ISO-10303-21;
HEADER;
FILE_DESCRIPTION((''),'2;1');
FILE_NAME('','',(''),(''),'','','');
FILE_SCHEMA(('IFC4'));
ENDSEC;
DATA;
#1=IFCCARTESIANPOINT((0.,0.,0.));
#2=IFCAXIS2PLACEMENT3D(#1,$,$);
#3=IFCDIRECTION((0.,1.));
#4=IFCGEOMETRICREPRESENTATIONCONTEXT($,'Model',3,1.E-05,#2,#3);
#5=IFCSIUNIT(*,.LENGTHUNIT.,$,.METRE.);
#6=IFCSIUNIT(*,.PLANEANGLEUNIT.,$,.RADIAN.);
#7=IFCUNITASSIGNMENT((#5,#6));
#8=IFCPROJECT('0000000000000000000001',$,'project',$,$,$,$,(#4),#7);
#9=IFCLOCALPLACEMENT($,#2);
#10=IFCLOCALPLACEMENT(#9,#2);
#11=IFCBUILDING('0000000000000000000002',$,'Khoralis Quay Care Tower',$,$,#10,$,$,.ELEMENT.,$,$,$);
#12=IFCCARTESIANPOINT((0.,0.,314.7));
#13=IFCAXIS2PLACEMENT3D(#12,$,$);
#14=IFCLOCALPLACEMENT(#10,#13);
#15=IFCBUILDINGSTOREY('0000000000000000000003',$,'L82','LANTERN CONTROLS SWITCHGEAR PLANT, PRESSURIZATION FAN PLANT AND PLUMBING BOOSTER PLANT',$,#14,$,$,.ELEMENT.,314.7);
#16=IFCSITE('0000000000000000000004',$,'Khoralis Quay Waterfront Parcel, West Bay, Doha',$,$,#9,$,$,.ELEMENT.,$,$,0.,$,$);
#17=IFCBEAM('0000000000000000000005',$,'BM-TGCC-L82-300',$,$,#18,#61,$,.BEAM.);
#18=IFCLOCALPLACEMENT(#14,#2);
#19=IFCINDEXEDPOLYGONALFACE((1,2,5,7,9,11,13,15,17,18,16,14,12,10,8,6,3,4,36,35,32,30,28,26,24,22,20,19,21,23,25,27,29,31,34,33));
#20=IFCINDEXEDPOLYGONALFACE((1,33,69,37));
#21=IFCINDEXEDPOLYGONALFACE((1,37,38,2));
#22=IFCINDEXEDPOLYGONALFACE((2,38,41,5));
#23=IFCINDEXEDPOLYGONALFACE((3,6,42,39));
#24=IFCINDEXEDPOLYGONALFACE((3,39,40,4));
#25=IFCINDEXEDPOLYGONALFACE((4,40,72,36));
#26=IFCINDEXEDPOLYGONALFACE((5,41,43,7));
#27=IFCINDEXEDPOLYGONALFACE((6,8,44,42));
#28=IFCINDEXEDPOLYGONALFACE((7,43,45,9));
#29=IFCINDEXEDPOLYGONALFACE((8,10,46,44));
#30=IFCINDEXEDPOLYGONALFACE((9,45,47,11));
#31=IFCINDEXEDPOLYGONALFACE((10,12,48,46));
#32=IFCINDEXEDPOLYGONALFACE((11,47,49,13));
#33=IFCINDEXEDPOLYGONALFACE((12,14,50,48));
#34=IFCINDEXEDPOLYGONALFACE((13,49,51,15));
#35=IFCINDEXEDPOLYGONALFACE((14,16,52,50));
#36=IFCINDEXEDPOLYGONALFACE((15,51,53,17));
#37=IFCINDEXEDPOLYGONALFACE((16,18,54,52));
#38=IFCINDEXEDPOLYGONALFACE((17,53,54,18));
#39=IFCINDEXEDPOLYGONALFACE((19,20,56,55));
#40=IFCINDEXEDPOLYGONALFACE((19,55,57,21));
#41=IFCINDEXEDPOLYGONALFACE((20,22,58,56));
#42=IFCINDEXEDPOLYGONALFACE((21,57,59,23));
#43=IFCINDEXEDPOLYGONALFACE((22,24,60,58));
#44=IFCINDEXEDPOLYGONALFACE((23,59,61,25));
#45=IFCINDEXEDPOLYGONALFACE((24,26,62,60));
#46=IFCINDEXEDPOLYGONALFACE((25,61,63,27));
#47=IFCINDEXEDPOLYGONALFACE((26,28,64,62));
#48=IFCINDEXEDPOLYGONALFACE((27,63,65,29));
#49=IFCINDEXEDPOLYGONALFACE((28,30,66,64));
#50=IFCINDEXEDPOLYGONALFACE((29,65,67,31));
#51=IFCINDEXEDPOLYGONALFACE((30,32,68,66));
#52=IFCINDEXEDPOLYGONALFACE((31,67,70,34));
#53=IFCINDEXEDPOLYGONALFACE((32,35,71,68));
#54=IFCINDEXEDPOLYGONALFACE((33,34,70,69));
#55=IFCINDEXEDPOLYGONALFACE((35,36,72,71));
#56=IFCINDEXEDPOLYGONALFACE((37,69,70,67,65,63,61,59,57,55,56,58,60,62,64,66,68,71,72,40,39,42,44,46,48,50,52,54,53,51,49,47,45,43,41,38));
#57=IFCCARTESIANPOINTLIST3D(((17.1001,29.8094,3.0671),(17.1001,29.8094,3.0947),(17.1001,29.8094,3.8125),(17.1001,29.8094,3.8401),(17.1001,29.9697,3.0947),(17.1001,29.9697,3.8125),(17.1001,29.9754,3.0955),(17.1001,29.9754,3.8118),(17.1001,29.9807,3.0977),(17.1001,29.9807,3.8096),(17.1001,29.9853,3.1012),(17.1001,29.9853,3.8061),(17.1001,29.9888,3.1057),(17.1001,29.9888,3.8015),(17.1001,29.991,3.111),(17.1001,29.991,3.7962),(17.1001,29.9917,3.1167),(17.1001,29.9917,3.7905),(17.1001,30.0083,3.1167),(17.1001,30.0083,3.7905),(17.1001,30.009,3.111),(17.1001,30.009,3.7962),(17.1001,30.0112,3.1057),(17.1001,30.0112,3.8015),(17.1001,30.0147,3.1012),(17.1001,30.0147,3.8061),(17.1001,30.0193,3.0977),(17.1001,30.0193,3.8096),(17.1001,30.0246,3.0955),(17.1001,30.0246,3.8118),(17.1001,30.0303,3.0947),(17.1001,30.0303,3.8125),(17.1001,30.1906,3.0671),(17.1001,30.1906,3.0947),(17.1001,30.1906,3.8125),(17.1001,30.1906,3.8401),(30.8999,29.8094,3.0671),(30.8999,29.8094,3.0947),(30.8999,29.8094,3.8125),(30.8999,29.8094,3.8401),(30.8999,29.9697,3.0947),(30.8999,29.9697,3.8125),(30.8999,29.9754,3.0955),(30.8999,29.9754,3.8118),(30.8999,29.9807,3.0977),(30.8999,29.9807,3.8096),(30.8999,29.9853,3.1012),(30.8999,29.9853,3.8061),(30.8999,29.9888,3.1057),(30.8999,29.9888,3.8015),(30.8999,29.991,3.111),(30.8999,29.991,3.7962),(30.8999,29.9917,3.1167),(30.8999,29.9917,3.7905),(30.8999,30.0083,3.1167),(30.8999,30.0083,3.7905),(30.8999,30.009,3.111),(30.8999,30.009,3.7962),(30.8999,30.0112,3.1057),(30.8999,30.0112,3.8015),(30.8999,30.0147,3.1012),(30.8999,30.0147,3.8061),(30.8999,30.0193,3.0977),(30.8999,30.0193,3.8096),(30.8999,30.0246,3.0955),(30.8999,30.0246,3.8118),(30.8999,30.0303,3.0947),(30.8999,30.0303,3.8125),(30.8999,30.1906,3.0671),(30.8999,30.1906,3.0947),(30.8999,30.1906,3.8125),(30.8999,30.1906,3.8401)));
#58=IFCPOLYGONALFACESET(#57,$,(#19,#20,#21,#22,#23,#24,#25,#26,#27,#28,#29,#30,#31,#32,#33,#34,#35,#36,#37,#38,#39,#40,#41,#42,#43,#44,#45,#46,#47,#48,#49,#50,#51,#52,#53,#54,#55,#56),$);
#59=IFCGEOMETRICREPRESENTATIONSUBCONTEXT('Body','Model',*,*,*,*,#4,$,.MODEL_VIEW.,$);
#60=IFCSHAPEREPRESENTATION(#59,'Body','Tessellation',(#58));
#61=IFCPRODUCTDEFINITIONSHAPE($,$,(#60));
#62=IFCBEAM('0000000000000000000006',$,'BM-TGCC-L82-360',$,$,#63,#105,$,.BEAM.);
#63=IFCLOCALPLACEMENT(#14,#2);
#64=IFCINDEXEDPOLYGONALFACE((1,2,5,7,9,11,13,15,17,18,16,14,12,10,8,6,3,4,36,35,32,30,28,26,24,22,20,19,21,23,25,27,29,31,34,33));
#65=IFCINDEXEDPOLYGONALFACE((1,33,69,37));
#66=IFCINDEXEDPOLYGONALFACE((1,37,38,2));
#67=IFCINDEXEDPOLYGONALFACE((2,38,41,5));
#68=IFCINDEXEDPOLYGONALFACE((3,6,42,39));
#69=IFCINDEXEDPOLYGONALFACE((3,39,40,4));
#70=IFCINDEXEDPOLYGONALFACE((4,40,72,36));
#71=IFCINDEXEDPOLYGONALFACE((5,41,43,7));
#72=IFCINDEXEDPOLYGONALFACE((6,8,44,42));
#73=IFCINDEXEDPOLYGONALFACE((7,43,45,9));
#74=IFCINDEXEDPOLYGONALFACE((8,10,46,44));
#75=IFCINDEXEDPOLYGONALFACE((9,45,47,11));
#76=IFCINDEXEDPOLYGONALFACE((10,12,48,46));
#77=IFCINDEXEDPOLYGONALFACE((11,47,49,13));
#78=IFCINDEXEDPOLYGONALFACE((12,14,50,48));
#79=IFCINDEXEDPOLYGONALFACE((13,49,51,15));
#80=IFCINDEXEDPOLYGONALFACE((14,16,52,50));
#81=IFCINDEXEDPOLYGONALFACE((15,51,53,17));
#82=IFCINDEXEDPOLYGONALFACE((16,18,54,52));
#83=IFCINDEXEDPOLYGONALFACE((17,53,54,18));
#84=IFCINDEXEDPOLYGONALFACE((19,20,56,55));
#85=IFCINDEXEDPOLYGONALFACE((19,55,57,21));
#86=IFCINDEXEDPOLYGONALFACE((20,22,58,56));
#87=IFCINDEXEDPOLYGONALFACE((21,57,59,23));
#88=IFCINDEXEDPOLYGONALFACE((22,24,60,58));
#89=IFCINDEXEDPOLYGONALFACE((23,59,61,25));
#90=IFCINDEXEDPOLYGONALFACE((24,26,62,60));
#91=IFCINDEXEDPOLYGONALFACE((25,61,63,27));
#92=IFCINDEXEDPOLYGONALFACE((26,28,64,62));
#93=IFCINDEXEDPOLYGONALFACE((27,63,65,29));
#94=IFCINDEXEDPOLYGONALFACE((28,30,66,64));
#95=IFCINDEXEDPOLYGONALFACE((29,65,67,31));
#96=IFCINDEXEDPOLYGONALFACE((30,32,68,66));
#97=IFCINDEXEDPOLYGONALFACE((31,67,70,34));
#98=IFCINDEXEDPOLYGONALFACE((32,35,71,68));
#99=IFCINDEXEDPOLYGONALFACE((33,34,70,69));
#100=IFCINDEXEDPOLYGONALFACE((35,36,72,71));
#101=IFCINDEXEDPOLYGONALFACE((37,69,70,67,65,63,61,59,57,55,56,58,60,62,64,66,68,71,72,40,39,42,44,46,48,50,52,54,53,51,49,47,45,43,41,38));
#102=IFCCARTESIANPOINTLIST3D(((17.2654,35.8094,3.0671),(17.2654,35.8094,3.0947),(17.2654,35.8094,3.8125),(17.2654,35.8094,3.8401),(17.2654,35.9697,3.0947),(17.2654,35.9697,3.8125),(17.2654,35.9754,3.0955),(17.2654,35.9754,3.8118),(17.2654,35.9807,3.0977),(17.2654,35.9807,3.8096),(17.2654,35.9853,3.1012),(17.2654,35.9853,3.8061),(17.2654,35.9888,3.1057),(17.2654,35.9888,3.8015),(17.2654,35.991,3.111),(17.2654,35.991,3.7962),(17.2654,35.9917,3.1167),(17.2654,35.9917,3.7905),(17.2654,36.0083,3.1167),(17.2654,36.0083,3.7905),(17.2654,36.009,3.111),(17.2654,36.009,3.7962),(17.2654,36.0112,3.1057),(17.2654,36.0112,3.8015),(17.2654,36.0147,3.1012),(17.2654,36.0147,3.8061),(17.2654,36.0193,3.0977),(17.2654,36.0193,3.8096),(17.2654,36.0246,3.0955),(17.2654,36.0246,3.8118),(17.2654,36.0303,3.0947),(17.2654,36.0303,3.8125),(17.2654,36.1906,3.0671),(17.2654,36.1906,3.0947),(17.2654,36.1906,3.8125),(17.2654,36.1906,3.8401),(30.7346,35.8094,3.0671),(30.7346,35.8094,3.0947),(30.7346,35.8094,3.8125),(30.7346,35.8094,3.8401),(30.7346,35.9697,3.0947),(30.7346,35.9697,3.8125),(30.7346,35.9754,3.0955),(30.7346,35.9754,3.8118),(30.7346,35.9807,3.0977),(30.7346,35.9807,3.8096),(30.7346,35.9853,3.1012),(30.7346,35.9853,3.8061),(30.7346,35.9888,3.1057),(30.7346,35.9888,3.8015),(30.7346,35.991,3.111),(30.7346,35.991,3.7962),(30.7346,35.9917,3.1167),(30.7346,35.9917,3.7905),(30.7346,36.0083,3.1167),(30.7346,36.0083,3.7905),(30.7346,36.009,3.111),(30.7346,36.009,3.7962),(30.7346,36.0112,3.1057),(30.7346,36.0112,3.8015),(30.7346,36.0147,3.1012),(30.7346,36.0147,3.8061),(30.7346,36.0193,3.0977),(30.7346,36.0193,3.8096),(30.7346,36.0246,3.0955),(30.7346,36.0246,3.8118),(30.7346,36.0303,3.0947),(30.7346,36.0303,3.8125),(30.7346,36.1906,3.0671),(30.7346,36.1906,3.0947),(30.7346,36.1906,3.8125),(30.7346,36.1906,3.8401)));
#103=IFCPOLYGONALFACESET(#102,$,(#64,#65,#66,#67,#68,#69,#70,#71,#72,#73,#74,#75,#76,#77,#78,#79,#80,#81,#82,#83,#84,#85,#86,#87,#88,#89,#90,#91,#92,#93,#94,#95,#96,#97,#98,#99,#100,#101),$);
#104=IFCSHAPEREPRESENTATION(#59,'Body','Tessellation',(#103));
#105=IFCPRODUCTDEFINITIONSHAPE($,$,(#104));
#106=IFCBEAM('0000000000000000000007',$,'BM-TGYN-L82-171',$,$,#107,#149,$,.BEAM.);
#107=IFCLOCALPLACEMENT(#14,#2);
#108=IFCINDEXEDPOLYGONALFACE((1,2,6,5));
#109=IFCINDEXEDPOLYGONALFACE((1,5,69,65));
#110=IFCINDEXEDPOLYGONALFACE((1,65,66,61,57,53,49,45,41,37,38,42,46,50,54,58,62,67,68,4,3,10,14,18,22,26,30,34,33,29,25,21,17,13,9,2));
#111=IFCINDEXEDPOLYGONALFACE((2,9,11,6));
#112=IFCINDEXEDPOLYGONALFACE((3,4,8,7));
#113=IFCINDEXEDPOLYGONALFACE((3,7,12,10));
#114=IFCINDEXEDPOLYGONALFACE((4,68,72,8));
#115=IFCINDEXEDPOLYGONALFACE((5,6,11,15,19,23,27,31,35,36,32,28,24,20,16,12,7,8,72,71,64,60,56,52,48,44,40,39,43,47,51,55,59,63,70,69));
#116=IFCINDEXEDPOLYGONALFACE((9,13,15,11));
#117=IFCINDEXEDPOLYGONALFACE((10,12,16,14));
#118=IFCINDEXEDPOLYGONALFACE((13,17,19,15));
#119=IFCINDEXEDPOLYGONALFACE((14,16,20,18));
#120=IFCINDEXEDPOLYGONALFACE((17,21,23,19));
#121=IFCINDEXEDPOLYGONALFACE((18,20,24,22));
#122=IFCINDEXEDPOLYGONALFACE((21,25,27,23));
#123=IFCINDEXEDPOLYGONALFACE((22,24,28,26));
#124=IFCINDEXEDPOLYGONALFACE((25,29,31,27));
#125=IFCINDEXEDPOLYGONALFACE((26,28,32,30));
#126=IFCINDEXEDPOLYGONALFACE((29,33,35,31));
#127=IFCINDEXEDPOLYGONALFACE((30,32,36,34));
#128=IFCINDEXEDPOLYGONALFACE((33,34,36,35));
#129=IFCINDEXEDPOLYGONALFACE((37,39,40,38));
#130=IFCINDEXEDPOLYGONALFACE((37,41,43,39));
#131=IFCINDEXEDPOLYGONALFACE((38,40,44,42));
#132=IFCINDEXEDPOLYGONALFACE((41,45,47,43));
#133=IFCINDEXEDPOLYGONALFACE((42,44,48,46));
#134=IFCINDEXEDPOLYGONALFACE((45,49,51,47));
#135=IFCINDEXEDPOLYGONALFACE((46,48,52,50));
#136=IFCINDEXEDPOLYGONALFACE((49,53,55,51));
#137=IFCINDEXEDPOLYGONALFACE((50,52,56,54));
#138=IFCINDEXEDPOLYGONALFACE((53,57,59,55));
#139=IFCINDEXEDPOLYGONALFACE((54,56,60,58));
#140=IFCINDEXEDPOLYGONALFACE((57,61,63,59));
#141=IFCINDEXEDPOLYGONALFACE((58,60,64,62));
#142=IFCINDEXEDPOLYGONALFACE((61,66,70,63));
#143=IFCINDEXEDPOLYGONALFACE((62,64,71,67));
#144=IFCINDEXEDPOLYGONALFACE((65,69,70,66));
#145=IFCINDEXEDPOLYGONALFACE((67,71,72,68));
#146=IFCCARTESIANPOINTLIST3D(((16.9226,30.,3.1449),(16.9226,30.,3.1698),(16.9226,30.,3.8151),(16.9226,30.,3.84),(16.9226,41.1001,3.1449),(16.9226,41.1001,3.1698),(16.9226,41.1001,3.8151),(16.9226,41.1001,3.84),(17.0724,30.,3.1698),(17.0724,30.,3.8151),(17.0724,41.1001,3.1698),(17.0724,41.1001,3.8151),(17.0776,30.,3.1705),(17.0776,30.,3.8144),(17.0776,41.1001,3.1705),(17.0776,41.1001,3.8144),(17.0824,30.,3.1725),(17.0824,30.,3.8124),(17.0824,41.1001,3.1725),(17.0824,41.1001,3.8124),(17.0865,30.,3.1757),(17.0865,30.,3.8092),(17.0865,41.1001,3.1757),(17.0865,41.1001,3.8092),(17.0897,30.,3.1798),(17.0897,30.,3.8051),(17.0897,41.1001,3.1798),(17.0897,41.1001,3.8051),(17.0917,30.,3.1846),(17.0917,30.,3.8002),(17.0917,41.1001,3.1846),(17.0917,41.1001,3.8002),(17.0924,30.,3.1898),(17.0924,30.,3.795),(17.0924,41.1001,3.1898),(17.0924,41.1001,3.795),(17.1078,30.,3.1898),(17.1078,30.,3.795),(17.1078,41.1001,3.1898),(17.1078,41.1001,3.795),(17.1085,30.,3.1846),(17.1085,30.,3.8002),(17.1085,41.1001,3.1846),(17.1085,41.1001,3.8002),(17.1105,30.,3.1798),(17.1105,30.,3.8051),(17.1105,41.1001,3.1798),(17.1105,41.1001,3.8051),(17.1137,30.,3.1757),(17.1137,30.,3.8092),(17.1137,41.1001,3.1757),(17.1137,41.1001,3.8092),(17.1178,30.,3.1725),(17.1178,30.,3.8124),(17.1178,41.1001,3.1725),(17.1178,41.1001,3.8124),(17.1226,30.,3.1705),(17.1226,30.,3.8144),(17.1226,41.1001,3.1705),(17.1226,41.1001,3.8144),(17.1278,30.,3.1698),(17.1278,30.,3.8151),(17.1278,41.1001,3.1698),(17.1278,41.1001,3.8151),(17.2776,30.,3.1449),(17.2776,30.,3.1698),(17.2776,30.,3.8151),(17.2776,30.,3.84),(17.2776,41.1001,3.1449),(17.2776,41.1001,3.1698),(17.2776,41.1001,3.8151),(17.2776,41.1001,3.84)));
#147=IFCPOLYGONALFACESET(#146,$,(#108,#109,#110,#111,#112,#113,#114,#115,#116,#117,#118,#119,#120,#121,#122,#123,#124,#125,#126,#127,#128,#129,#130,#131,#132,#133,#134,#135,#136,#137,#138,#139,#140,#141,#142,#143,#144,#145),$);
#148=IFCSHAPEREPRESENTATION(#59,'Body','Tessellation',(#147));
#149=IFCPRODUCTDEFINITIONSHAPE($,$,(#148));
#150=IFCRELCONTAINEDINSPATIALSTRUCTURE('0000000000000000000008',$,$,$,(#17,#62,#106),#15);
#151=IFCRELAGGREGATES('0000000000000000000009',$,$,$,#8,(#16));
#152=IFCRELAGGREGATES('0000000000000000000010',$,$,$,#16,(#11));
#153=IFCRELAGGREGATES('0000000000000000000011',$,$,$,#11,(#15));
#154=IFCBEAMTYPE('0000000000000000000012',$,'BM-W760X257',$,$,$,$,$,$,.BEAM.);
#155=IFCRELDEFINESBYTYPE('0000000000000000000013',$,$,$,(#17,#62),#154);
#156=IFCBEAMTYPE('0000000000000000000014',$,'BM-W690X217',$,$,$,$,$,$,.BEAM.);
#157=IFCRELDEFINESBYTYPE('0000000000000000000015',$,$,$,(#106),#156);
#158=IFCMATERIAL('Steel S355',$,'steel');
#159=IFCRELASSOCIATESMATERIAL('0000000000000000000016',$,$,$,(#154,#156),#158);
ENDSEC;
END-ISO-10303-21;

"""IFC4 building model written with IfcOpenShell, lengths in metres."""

from ifc_helpers import new_model, si_unit, direction, frame, origin, origin_2d, place, context, subcontext, project, spatial, i_section, extrude, source, transform, mapped, material, material_profile, profile_set, type_object, element, save


model = new_model("IFC4")

# Units and contexts
model_context = context("Model", 3, precision=1e-05, world=origin(), true_north=direction((0.0, 1.0)))
body_context = subcontext(model_context, "Body", "Model", "MODEL_VIEW")
ifc_project = project(units=[si_unit("LENGTHUNIT", "METRE"), si_unit("PLANEANGLEUNIT", "RADIAN")], contexts=[model_context])

# Site, building, storey
site_placement = place(None, origin())
site = spatial("IfcSite", under=ifc_project, at=site_placement, Name="Khoralis Quay Waterfront Parcel, West Bay, Doha", CompositionType="ELEMENT", RefElevation=0.0)
building_placement = place(site_placement, origin())
building = spatial("IfcBuilding", under=site, at=building_placement, Name="Khoralis Quay Care Tower", CompositionType="ELEMENT")
storey_placement = place(building_placement, frame((0.0, 0.0, 314.7)))
storey = spatial("IfcBuildingStorey", under=building, at=storey_placement, Name="L82", Description="LANTERN CONTROLS SWITCHGEAR PLANT, PRESSURIZATION FAN PLANT AND PLUMBING BOOSTER PLANT", CompositionType="ELEMENT", Elevation=314.7)

# Shared definitions
ifc_material_1 = material(Name="Steel S355", Category="steel")

# Beams
ifc_material_profile_1 = material_profile(ifc_material_1, i_section(OverallWidth=0.3811, OverallDepth=0.7729, WebThickness=0.0166, FlangeThickness=0.0276, FilletRadius=0.022, at=origin_2d()), Name="Steel S355")
ifc_profile_set_1 = profile_set([ifc_material_profile_1], Name="Steel S355")
beam_type_1 = type_object("IfcBeamType", Name="BM-W760X257", PredefinedType="BEAM", material=ifc_profile_set_1)
shared_shape_1 = source(origin(), body_context, "Body", "SweptSolid", [
    extrude(i_section(OverallWidth=0.3811, OverallDepth=0.7729, WebThickness=0.0166, FlangeThickness=0.0276, FilletRadius=0.022, at=origin_2d()), origin(), (0.0, 0.0, 1.0), 13.7998),
])
beam_1_placement = place(storey_placement, frame((17.1001, 30.0, 3.4536), z_axis=(1.0, 0.0, 0.0), x_axis=(0.0, 1.0, 0.0)))
element("IfcBeam", 1, at=beam_1_placement, inside=storey, type_object=beam_type_1, Name="BM-TGCC-L82-300", PredefinedType="BEAM", context=body_context, shape_type="MappedRepresentation", body=[
    mapped(shared_shape_1, transform((0.0, 0.0, 0.0), scale=1.0)),
])
shared_shape_2 = source(origin(), body_context, "Body", "SweptSolid", [
    extrude(i_section(OverallWidth=0.3811, OverallDepth=0.7729, WebThickness=0.0166, FlangeThickness=0.0276, FilletRadius=0.022, at=origin_2d()), origin(), (0.0, 0.0, 1.0), 13.4692),
])
beam_2_placement = place(storey_placement, frame((17.2654, 36.0, 3.4536), z_axis=(1.0, 0.0, 0.0), x_axis=(0.0, 1.0, 0.0)))
element("IfcBeam", 2, at=beam_2_placement, inside=storey, type_object=beam_type_1, Name="BM-TGCC-L82-360", PredefinedType="BEAM", context=body_context, shape_type="MappedRepresentation", body=[
    mapped(shared_shape_2, transform((0.0, 0.0, 0.0), scale=1.0)),
])
ifc_material_profile_2 = material_profile(ifc_material_1, i_section(OverallWidth=0.355, OverallDepth=0.6951, WebThickness=0.0154, FlangeThickness=0.0249, FilletRadius=0.02, at=origin_2d()), Name="Steel S355")
ifc_profile_set_2 = profile_set([ifc_material_profile_2], Name="Steel S355")
beam_type_2 = type_object("IfcBeamType", Name="BM-W690X217", PredefinedType="BEAM", material=ifc_profile_set_2)
shared_shape_3 = source(origin(), body_context, "Body", "SweptSolid", [
    extrude(i_section(OverallWidth=0.355, OverallDepth=0.6951, WebThickness=0.0154, FlangeThickness=0.0249, FilletRadius=0.02, at=origin_2d()), origin(), (0.0, 0.0, 1.0), 11.1001),
])
beam_3_placement = place(storey_placement, frame((17.1001, 30.0, 3.4924), z_axis=(0.0, 1.0, 0.0), x_axis=(-1.0, 0.0, 0.0)))
element("IfcBeam", 3, at=beam_3_placement, inside=storey, type_object=beam_type_2, Name="BM-TGYN-L82-171", PredefinedType="BEAM", context=body_context, shape_type="MappedRepresentation", body=[
    mapped(shared_shape_3, transform((0.0, 0.0, 0.0), scale=1.0)),
])

save(model, "model.ifc")
